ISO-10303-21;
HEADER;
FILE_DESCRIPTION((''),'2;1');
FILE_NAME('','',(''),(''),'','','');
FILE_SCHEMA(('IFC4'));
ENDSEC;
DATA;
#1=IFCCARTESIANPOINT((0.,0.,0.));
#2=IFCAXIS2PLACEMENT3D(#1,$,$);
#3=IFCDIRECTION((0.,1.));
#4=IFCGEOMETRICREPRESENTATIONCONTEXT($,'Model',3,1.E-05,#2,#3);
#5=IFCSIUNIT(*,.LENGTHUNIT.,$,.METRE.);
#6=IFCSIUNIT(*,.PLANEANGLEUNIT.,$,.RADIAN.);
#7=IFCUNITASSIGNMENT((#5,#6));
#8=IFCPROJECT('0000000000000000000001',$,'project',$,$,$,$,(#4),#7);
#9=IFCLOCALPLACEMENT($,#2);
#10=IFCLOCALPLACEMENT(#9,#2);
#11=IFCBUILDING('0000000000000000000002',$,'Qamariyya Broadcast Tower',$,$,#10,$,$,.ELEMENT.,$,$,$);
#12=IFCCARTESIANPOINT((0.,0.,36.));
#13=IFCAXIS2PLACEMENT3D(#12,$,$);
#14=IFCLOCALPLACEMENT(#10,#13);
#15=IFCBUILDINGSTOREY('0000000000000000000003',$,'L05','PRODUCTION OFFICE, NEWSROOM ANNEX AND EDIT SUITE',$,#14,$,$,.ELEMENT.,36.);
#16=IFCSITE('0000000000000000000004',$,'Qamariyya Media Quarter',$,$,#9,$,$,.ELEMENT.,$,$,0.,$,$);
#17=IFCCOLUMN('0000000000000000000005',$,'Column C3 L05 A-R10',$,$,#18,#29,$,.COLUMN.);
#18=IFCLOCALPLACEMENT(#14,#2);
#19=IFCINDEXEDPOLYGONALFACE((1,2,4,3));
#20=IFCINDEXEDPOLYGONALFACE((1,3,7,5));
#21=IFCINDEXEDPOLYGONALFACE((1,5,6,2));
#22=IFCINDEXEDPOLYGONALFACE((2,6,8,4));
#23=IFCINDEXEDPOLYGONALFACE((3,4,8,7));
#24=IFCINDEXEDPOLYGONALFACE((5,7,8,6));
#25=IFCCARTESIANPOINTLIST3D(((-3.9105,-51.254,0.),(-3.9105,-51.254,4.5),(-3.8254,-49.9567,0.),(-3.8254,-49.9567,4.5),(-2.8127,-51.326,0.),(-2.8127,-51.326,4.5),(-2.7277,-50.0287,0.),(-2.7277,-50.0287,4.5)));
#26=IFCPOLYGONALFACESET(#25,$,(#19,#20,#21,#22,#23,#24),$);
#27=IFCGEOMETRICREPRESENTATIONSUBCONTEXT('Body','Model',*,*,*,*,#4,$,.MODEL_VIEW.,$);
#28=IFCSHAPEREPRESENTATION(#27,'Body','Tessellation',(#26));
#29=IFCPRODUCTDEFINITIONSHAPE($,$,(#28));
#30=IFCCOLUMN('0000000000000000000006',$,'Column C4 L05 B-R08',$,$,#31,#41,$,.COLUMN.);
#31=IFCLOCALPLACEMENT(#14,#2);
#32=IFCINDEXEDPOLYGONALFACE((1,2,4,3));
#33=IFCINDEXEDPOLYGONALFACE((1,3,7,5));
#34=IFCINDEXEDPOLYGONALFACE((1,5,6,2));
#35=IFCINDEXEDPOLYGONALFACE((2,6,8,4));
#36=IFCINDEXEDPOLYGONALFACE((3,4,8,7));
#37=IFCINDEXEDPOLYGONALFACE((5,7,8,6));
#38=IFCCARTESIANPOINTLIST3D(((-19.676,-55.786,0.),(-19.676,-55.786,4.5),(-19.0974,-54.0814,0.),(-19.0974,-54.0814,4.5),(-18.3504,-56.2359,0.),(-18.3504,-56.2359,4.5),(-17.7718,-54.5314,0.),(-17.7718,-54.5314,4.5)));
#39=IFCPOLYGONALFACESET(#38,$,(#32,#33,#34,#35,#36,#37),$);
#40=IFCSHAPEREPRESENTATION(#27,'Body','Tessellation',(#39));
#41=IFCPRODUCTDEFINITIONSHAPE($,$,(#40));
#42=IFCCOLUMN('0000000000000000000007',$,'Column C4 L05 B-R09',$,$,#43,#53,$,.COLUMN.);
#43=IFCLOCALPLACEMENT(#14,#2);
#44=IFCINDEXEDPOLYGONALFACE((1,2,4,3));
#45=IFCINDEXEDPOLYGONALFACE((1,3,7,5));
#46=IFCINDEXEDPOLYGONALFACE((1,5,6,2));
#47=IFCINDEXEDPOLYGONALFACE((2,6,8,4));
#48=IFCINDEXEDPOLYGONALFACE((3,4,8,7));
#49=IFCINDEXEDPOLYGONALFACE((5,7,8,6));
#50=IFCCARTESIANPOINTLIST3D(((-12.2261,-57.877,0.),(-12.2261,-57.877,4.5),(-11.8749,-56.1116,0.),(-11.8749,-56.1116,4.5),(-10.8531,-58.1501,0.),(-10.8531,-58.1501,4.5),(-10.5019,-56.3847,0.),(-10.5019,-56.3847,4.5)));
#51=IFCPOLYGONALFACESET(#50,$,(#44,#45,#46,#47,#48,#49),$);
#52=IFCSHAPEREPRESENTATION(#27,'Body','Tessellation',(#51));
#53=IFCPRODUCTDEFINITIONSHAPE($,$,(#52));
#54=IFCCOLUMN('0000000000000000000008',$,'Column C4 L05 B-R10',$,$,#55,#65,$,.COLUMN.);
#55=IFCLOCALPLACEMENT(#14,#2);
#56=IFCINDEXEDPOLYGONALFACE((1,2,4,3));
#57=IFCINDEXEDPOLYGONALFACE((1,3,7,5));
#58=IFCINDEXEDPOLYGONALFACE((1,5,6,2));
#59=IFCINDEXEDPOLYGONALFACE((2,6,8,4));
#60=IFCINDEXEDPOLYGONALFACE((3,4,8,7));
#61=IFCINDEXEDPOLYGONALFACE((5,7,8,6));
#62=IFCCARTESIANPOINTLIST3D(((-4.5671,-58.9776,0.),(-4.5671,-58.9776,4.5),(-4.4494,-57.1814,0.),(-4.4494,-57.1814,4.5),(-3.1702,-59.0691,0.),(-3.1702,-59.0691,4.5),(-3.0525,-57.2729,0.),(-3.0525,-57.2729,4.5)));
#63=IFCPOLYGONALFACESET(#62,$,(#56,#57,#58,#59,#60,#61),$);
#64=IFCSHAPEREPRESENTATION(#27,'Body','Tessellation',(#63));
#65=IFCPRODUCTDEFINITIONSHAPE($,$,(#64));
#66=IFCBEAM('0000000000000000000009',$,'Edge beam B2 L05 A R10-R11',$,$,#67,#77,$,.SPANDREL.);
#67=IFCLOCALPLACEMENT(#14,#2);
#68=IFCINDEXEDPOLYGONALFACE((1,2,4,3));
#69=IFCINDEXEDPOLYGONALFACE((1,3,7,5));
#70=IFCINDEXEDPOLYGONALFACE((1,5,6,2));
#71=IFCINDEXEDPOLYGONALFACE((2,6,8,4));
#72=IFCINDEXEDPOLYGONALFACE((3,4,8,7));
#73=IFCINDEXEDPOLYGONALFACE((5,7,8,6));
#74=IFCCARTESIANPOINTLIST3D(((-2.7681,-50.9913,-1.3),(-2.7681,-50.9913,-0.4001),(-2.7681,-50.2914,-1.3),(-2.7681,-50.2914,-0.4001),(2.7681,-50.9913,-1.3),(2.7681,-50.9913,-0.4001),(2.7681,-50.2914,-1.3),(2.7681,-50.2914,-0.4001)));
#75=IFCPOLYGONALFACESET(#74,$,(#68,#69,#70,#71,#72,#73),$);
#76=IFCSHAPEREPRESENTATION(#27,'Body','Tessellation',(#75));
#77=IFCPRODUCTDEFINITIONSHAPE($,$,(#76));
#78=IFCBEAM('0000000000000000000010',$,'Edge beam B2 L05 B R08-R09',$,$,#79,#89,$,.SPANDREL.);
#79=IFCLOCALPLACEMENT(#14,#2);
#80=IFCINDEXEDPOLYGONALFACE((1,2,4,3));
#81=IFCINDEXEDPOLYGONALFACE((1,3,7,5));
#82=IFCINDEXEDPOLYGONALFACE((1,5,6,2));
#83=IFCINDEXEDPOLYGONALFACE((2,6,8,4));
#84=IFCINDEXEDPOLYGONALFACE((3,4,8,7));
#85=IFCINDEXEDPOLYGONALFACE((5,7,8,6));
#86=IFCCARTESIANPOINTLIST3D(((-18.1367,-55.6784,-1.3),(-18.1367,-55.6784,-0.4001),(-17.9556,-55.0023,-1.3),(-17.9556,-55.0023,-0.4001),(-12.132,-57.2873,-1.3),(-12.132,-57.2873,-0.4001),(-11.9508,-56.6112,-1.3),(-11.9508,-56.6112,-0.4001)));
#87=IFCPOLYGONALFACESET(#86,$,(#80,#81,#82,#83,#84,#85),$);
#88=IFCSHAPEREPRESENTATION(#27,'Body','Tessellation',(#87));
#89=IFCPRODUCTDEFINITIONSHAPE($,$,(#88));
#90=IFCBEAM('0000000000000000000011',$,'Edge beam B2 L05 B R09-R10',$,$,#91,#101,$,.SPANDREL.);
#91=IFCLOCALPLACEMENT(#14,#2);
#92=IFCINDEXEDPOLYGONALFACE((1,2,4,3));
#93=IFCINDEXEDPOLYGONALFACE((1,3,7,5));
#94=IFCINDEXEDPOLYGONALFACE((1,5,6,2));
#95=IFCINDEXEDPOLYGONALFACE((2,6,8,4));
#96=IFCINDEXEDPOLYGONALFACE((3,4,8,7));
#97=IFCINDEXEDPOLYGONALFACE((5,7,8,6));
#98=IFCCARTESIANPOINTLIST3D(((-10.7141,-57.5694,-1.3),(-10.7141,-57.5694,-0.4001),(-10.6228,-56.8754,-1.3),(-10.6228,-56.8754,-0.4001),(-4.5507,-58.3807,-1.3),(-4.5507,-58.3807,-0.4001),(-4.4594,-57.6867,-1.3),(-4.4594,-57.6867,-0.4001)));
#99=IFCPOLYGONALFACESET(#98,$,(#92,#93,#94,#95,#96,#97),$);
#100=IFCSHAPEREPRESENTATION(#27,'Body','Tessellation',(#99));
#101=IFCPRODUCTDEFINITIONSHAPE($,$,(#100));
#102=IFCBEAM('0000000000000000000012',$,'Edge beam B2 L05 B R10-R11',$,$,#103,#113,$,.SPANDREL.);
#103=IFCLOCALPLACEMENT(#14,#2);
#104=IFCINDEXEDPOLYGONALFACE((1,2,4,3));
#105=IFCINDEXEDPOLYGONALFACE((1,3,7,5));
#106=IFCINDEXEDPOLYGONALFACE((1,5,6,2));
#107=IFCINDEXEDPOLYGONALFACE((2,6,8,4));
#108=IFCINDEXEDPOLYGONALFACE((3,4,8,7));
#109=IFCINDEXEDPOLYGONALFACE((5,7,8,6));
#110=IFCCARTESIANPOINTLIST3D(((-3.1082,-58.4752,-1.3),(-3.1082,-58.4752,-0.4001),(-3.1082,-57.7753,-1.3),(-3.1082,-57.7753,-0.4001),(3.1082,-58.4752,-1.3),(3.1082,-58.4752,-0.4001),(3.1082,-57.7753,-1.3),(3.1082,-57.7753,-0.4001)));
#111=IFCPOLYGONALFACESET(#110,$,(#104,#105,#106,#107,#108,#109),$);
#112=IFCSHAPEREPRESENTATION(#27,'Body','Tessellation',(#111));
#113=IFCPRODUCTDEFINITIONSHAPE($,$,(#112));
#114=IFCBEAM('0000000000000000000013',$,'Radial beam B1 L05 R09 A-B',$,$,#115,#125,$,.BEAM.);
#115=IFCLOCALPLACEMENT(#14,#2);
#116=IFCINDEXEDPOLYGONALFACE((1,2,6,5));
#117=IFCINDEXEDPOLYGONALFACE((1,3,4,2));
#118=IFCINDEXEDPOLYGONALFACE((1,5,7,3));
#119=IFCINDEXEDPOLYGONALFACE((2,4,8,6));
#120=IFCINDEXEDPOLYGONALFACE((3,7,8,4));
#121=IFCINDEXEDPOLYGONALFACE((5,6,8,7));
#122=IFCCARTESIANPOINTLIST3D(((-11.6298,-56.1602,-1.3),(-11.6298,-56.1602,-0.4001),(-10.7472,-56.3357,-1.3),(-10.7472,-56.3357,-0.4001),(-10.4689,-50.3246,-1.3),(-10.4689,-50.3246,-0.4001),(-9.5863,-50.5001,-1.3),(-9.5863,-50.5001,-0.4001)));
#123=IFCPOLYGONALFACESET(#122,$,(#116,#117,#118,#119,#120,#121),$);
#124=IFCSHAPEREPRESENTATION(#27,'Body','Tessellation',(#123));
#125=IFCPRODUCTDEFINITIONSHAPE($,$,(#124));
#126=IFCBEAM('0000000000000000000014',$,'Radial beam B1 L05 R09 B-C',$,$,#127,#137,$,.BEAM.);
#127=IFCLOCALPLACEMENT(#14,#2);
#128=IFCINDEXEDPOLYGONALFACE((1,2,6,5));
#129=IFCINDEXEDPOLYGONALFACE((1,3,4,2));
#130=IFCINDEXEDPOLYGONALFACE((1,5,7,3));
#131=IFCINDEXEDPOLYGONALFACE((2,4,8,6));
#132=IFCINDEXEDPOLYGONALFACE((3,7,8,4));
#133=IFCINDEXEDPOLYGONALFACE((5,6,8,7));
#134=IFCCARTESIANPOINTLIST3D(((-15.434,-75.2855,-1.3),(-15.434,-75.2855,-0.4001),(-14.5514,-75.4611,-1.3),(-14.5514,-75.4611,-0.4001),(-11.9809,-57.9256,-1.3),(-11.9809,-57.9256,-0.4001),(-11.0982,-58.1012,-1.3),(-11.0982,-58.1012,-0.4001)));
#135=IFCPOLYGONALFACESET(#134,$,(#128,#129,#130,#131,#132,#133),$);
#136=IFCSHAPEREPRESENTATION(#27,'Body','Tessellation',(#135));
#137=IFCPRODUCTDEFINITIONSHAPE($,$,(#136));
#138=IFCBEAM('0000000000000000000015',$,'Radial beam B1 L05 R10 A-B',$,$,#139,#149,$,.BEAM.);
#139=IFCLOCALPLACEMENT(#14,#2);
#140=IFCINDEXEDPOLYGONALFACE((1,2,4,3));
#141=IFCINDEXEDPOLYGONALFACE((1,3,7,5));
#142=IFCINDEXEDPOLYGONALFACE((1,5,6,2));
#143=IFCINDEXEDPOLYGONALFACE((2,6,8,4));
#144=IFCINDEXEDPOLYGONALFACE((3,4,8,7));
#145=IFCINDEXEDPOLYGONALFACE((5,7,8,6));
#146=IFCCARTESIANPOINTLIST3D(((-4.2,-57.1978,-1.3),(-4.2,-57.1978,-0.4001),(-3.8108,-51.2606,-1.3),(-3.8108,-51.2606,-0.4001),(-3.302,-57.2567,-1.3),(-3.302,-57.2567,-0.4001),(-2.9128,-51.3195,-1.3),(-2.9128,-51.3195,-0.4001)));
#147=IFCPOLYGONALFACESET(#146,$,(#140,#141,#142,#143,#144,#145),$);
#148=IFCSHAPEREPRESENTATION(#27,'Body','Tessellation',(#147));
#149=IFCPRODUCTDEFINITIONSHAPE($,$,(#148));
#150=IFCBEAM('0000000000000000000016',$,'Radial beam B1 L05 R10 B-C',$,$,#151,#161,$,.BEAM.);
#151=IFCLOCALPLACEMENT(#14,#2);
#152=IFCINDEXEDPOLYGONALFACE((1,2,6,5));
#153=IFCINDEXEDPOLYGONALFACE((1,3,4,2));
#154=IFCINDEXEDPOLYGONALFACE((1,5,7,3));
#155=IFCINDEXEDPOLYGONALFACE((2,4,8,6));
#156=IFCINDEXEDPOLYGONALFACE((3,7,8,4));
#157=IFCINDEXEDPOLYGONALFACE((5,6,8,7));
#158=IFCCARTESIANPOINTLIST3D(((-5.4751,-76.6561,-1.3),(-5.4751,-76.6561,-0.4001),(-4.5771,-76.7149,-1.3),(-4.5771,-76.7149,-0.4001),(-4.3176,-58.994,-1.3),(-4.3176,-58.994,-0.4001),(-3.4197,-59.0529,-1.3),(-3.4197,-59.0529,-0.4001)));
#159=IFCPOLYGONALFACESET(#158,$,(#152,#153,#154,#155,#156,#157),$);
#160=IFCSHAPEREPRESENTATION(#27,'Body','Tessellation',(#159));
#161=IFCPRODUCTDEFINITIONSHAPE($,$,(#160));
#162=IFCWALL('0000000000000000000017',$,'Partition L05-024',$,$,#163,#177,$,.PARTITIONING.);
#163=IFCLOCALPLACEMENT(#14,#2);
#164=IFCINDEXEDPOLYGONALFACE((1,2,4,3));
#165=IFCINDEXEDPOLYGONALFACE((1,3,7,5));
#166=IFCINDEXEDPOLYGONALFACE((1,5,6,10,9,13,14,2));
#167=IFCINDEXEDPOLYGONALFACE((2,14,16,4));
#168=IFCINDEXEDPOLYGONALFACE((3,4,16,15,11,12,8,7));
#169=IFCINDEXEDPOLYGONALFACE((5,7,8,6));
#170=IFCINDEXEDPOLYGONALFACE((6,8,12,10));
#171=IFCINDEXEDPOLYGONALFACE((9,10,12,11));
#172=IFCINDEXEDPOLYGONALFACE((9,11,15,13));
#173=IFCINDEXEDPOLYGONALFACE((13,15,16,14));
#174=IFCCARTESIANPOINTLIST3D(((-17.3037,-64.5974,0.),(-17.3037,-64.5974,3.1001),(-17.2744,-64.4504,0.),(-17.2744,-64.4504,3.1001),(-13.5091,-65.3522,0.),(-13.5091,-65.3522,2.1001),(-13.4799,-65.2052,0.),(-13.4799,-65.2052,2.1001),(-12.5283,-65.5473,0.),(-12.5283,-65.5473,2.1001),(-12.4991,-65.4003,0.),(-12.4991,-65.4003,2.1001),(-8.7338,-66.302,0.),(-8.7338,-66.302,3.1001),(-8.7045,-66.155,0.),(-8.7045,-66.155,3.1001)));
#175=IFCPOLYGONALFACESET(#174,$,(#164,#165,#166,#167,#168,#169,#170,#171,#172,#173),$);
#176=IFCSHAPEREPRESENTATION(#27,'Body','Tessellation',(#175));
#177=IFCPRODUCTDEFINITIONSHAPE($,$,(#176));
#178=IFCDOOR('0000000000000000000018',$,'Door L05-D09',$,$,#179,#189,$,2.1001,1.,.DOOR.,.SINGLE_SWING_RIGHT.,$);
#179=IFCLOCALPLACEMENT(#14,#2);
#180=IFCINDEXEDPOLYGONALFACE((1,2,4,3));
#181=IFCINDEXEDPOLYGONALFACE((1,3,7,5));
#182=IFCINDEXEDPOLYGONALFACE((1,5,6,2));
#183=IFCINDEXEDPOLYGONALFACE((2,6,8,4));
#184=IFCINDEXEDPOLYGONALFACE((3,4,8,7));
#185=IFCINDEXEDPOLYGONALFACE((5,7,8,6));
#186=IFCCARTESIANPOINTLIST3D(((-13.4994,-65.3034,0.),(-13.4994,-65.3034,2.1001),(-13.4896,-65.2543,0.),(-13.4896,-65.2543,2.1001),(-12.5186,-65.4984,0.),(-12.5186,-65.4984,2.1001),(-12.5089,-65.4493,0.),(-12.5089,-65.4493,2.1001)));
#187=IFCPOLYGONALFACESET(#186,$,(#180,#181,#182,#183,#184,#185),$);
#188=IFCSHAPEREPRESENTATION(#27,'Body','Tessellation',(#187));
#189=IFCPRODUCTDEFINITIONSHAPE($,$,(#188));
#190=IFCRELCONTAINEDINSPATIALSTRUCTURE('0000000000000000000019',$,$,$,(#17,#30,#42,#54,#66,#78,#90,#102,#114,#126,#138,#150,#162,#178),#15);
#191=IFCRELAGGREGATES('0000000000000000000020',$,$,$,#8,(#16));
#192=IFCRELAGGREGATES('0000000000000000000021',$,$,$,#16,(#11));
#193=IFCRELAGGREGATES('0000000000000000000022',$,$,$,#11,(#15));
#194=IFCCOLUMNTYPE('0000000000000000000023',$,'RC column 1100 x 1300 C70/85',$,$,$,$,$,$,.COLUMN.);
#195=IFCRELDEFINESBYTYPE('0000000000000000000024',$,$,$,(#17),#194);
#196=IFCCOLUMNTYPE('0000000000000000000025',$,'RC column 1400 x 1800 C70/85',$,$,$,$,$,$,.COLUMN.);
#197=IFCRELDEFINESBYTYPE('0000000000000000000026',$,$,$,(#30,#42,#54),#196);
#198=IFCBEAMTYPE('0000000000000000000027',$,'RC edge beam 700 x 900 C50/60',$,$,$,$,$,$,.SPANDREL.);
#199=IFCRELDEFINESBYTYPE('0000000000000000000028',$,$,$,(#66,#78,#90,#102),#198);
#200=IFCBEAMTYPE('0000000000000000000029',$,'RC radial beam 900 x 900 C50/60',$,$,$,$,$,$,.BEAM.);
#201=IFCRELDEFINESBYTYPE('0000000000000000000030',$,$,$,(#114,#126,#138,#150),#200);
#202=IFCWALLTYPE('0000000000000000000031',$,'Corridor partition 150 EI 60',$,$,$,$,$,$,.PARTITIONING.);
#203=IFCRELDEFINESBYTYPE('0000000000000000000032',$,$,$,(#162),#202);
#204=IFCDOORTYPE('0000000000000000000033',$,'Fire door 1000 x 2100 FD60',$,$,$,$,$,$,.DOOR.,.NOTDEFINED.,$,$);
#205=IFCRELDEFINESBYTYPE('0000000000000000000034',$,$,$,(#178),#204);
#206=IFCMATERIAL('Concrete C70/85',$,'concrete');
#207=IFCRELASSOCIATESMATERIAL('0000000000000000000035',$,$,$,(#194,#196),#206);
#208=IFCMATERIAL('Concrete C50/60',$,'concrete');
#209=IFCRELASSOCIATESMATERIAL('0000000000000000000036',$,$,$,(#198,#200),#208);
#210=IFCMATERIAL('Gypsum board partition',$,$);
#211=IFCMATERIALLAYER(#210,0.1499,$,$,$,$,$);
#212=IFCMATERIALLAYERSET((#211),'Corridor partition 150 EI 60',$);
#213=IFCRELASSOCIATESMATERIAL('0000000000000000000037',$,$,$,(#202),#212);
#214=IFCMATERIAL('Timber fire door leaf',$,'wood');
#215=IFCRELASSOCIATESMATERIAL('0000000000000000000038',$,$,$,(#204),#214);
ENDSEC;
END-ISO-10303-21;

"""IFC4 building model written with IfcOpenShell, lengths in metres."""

from ifc_helpers import new_model, si_unit, direction, frame, frame_2d, origin, origin_2d, place, context, subcontext, project, spatial, rectangle, extrude, material, layer, layer_set, material_profile, profile_set, type_object, element, fill, save


model = new_model("IFC4")

# Units and contexts
model_context = context("Model", 3, precision=1e-05, world=origin(), true_north=direction((0.0, 1.0)))
body_context = subcontext(model_context, "Body", "Model", "MODEL_VIEW")
ifc_project = project(units=[si_unit("LENGTHUNIT", "METRE"), si_unit("PLANEANGLEUNIT", "RADIAN")], contexts=[model_context])

# Site, building, storey
site_placement = place(None, origin())
site = spatial("IfcSite", under=ifc_project, at=site_placement, Name="Qamariyya Media Quarter", CompositionType="ELEMENT", RefElevation=0.0)
building_placement = place(site_placement, origin())
building = spatial("IfcBuilding", under=site, at=building_placement, Name="Qamariyya Broadcast Tower", CompositionType="ELEMENT")
storey_placement = place(building_placement, frame((0.0, 0.0, 36.0)))
storey = spatial("IfcBuildingStorey", under=building, at=storey_placement, Name="L05", Description="PRODUCTION OFFICE, NEWSROOM ANNEX AND EDIT SUITE", CompositionType="ELEMENT", Elevation=36.0)

# Columns
ifc_material_1 = material(Name="Concrete C70/85", Category="concrete")
ifc_material_profile_1 = material_profile(ifc_material_1, rectangle(XDim=1.1001, YDim=1.3, at=origin_2d()))
ifc_profile_set_1 = profile_set([ifc_material_profile_1], Name="Concrete C70/85")
column_type_1 = type_object("IfcColumnType", Name="RC column 1100 x 1300 C70/85", PredefinedType="COLUMN", material=ifc_profile_set_1)
column_placement = place(storey_placement, frame((-3.3191, -50.6414, 0.0), z_axis=(0.0, 0.0, 1.0), x_axis=(0.997859, -0.065403, 0.0)))
element("IfcColumn", 1, at=column_placement, inside=storey, type_object=column_type_1, Name="Column C3 L05 A-R10", PredefinedType="COLUMN", context=body_context, shape_type="SweptSolid", body=[
    extrude(rectangle(XDim=1.1001, YDim=1.3, at=origin_2d()), origin(), (0.0, 0.0, 1.0), 4.5),
])
ifc_material_profile_2 = material_profile(ifc_material_1, rectangle(XDim=1.3999, YDim=1.8, at=origin_2d()))
ifc_profile_set_2 = profile_set([ifc_material_profile_2], Name="Concrete C70/85")
column_type_2 = type_object("IfcColumnType", Name="RC column 1400 x 1800 C70/85", PredefinedType="COLUMN", material=ifc_profile_set_2)
for number, where, z_axis, x_axis, name in (
    (2, (-18.7239, -55.1587, 0.0), (0.0, 0.0, 1.0), (0.94693, -0.321439, 0.0), "Column C4 L05 B-R08"),
    (3, (-11.364, -57.1309, 0.0), (0.0, 0.0, 1.0), (0.980785, -0.19509, 0.0), "Column C4 L05 B-R09"),
    (4, (-3.8098, -58.1252, 0.0), (0.0, 0.0, 1.0), (0.997859, -0.065403, 0.0), "Column C4 L05 B-R10"),
):
    element("IfcColumn", number, at=place(storey_placement, frame(where, z_axis=z_axis, x_axis=x_axis)), inside=storey, type_object=column_type_2, Name=name, PredefinedType="COLUMN", context=body_context, shape_type="SweptSolid", body=[
        extrude(rectangle(XDim=1.3999, YDim=1.8, at=origin_2d()), origin(), (0.0, 0.0, 1.0), 4.5),
    ])

# Beams
ifc_material_2 = material(Name="Concrete C50/60", Category="concrete")
ifc_material_profile_3 = material_profile(ifc_material_2, rectangle(XDim=0.7, YDim=0.8999, at=origin_2d()))
ifc_profile_set_3 = profile_set([ifc_material_profile_3], Name="Concrete C50/60")
beam_type_1 = type_object("IfcBeamType", Name="RC edge beam 700 x 900 C50/60", PredefinedType="SPANDREL", material=ifc_profile_set_3)
beam_1_placement = place(storey_placement, frame((-2.7681, -50.6414, -0.8501), z_axis=(1.0, 0.0, 0.0), x_axis=(0.0, 1.0, 0.0)))
element("IfcBeam", 5, at=beam_1_placement, inside=storey, type_object=beam_type_1, Name="Edge beam B2 L05 A R10-R11", PredefinedType="SPANDREL", context=body_context, shape_type="SweptSolid", body=[
    extrude(rectangle(XDim=0.7, YDim=0.8999, at=origin_2d()), origin(), (0.0, 0.0, 1.0), 5.5361),
])
for number, where, z_axis, x_axis, name in (
    (6, (-18.0461, -55.3403, -0.8501), (0.965928, -0.258811, 0.0), (0.258811, 0.965928, 0.0), "Edge beam B2 L05 B R08-R09"),
    (7, (-10.6685, -57.2224, -0.8501), (0.991448, -0.130504, 0.0), (0.130504, 0.991448, 0.0), "Edge beam B2 L05 B R09-R10"),
):
    element("IfcBeam", number, at=place(storey_placement, frame(where, z_axis=z_axis, x_axis=x_axis)), inside=storey, type_object=beam_type_1, Name=name, PredefinedType="SPANDREL", context=body_context, shape_type="SweptSolid", body=[
        extrude(rectangle(XDim=0.7, YDim=0.8999, at=origin_2d()), origin(), (0.0, 0.0, 1.0), 6.2166),
    ])
beam_2_placement = place(storey_placement, frame((-3.1082, -58.1252, -0.8501), z_axis=(1.0, 0.0, 0.0), x_axis=(0.0, 1.0, 0.0)))
element("IfcBeam", 8, at=beam_2_placement, inside=storey, type_object=beam_type_1, Name="Edge beam B2 L05 B R10-R11", PredefinedType="SPANDREL", context=body_context, shape_type="SweptSolid", body=[
    extrude(rectangle(XDim=0.7, YDim=0.8999, at=origin_2d()), origin(), (0.0, 0.0, 1.0), 6.2163),
])
ifc_material_profile_4 = material_profile(ifc_material_2, rectangle(XDim=0.8999, YDim=0.8999, at=origin_2d()))
ifc_profile_set_4 = profile_set([ifc_material_profile_4], Name="Concrete C50/60")
beam_type_2 = type_object("IfcBeamType", Name="RC radial beam 900 x 900 C50/60", PredefinedType="BEAM", material=ifc_profile_set_4)
beam_3_placement = place(storey_placement, frame((-10.0276, -50.4124, -0.8501), z_axis=(-0.195106, -0.980782, 0.0), x_axis=(0.980782, -0.195106, 0.0)))
element("IfcBeam", 9, at=beam_3_placement, inside=storey, type_object=beam_type_2, Name="Radial beam B1 L05 R09 A-B", PredefinedType="BEAM", context=body_context, shape_type="SweptSolid", body=[
    extrude(rectangle(XDim=0.8999, YDim=0.8999, at=origin_2d()), origin(), (0.0, 0.0, 1.0), 5.95),
])
beam_4_placement = place(storey_placement, frame((-11.5396, -58.0134, -0.8501), z_axis=(-0.195092, -0.980785, 0.0), x_axis=(0.980785, -0.195092, 0.0)))
element("IfcBeam", 10, at=beam_4_placement, inside=storey, type_object=beam_type_2, Name="Radial beam B1 L05 R09 B-C", PredefinedType="BEAM", context=body_context, shape_type="SweptSolid", body=[
    extrude(rectangle(XDim=0.8999, YDim=0.8999, at=origin_2d()), origin(), (0.0, 0.0, 1.0), 17.7),
])
beam_5_placement = place(storey_placement, frame((-3.3618, -51.29, -0.8501), z_axis=(-0.065405, -0.997859, 0.0), x_axis=(0.997859, -0.065405, 0.0)))
element("IfcBeam", 11, at=beam_5_placement, inside=storey, type_object=beam_type_2, Name="Radial beam B1 L05 R10 A-B", PredefinedType="BEAM", context=body_context, shape_type="SweptSolid", body=[
    extrude(rectangle(XDim=0.8999, YDim=0.8999, at=origin_2d()), origin(), (0.0, 0.0, 1.0), 5.95),
])
beam_6_placement = place(storey_placement, frame((-3.8687, -59.0234, -0.8501), z_axis=(-0.065394, -0.99786, 0.0), x_axis=(0.99786, -0.065394, 0.0)))
element("IfcBeam", 12, at=beam_6_placement, inside=storey, type_object=beam_type_2, Name="Radial beam B1 L05 R10 B-C", PredefinedType="BEAM", context=body_context, shape_type="SweptSolid", body=[
    extrude(rectangle(XDim=0.8999, YDim=0.8999, at=origin_2d()), origin(), (0.0, 0.0, 1.0), 17.7),
])

# Wall, opening, door
ifc_material_3 = material(Name="Gypsum board partition")
ifc_layer_1 = layer(ifc_material_3, 0.1499)
ifc_layer_set_1 = layer_set([ifc_layer_1], Name="Corridor partition 150 EI 60")
wall_type_1 = type_object("IfcWallType", Name="Corridor partition 150 EI 60", PredefinedType="PARTITIONING", material=ifc_layer_set_1)
wall_1_placement = place(storey_placement, frame((-17.2891, -64.5239, 0.0), z_axis=(0.0, 0.0, 1.0), x_axis=(0.980786, -0.195084, 0.0)))
wall_1 = element("IfcWall", 13, at=wall_1_placement, inside=storey, type_object=wall_type_1, Name="Partition L05-024", PredefinedType="PARTITIONING", context=body_context, shape_type="SweptSolid", body=[
    extrude(rectangle(XDim=8.7378, YDim=0.1499, at=frame_2d((4.3689, 0.0))), origin(), (0.0, 0.0, 1.0), 3.1001),
])
opening_placement = place(wall_1_placement, frame((3.8689, 0.0, 0.0)))
opening = element("IfcOpeningElement", 14, at=opening_placement, cuts=wall_1, PredefinedType="OPENING", context=body_context, shape_type="SweptSolid", body=[
    extrude(rectangle(XDim=1.0, YDim=2.1001, at=frame_2d((0.5, 1.05))), frame((0.0, 0.085, 0.0), z_axis=(0.0, -1.0, 0.0), x_axis=(1.0, 0.0, 0.0)), (0.0, 0.0, 1.0), 0.1699),
])
ifc_material_4 = material(Name="Timber fire door leaf", Category="wood")
door_type = type_object("IfcDoorType", Name="Fire door 1000 x 2100 FD60", OperationType="NOTDEFINED", PredefinedType="DOOR", material=ifc_material_4)
door_placement = place(opening_placement, origin())
door = element("IfcDoor", 15, at=door_placement, inside=storey, type_object=door_type, Name="Door L05-D09", OperationType="SINGLE_SWING_RIGHT", OverallHeight=2.1001, OverallWidth=1.0, PredefinedType="DOOR", context=body_context, shape_type="SweptSolid", body=[
    extrude(rectangle(XDim=1.0, YDim=2.1001, at=frame_2d((0.5, 1.05))), frame((0.0, 0.0249, 0.0), z_axis=(0.0, -1.0, 0.0), x_axis=(1.0, 0.0, 0.0)), (0.0, 0.0, 1.0), 0.05),
])
fill(opening, door)

save(model, "model.ifc")
